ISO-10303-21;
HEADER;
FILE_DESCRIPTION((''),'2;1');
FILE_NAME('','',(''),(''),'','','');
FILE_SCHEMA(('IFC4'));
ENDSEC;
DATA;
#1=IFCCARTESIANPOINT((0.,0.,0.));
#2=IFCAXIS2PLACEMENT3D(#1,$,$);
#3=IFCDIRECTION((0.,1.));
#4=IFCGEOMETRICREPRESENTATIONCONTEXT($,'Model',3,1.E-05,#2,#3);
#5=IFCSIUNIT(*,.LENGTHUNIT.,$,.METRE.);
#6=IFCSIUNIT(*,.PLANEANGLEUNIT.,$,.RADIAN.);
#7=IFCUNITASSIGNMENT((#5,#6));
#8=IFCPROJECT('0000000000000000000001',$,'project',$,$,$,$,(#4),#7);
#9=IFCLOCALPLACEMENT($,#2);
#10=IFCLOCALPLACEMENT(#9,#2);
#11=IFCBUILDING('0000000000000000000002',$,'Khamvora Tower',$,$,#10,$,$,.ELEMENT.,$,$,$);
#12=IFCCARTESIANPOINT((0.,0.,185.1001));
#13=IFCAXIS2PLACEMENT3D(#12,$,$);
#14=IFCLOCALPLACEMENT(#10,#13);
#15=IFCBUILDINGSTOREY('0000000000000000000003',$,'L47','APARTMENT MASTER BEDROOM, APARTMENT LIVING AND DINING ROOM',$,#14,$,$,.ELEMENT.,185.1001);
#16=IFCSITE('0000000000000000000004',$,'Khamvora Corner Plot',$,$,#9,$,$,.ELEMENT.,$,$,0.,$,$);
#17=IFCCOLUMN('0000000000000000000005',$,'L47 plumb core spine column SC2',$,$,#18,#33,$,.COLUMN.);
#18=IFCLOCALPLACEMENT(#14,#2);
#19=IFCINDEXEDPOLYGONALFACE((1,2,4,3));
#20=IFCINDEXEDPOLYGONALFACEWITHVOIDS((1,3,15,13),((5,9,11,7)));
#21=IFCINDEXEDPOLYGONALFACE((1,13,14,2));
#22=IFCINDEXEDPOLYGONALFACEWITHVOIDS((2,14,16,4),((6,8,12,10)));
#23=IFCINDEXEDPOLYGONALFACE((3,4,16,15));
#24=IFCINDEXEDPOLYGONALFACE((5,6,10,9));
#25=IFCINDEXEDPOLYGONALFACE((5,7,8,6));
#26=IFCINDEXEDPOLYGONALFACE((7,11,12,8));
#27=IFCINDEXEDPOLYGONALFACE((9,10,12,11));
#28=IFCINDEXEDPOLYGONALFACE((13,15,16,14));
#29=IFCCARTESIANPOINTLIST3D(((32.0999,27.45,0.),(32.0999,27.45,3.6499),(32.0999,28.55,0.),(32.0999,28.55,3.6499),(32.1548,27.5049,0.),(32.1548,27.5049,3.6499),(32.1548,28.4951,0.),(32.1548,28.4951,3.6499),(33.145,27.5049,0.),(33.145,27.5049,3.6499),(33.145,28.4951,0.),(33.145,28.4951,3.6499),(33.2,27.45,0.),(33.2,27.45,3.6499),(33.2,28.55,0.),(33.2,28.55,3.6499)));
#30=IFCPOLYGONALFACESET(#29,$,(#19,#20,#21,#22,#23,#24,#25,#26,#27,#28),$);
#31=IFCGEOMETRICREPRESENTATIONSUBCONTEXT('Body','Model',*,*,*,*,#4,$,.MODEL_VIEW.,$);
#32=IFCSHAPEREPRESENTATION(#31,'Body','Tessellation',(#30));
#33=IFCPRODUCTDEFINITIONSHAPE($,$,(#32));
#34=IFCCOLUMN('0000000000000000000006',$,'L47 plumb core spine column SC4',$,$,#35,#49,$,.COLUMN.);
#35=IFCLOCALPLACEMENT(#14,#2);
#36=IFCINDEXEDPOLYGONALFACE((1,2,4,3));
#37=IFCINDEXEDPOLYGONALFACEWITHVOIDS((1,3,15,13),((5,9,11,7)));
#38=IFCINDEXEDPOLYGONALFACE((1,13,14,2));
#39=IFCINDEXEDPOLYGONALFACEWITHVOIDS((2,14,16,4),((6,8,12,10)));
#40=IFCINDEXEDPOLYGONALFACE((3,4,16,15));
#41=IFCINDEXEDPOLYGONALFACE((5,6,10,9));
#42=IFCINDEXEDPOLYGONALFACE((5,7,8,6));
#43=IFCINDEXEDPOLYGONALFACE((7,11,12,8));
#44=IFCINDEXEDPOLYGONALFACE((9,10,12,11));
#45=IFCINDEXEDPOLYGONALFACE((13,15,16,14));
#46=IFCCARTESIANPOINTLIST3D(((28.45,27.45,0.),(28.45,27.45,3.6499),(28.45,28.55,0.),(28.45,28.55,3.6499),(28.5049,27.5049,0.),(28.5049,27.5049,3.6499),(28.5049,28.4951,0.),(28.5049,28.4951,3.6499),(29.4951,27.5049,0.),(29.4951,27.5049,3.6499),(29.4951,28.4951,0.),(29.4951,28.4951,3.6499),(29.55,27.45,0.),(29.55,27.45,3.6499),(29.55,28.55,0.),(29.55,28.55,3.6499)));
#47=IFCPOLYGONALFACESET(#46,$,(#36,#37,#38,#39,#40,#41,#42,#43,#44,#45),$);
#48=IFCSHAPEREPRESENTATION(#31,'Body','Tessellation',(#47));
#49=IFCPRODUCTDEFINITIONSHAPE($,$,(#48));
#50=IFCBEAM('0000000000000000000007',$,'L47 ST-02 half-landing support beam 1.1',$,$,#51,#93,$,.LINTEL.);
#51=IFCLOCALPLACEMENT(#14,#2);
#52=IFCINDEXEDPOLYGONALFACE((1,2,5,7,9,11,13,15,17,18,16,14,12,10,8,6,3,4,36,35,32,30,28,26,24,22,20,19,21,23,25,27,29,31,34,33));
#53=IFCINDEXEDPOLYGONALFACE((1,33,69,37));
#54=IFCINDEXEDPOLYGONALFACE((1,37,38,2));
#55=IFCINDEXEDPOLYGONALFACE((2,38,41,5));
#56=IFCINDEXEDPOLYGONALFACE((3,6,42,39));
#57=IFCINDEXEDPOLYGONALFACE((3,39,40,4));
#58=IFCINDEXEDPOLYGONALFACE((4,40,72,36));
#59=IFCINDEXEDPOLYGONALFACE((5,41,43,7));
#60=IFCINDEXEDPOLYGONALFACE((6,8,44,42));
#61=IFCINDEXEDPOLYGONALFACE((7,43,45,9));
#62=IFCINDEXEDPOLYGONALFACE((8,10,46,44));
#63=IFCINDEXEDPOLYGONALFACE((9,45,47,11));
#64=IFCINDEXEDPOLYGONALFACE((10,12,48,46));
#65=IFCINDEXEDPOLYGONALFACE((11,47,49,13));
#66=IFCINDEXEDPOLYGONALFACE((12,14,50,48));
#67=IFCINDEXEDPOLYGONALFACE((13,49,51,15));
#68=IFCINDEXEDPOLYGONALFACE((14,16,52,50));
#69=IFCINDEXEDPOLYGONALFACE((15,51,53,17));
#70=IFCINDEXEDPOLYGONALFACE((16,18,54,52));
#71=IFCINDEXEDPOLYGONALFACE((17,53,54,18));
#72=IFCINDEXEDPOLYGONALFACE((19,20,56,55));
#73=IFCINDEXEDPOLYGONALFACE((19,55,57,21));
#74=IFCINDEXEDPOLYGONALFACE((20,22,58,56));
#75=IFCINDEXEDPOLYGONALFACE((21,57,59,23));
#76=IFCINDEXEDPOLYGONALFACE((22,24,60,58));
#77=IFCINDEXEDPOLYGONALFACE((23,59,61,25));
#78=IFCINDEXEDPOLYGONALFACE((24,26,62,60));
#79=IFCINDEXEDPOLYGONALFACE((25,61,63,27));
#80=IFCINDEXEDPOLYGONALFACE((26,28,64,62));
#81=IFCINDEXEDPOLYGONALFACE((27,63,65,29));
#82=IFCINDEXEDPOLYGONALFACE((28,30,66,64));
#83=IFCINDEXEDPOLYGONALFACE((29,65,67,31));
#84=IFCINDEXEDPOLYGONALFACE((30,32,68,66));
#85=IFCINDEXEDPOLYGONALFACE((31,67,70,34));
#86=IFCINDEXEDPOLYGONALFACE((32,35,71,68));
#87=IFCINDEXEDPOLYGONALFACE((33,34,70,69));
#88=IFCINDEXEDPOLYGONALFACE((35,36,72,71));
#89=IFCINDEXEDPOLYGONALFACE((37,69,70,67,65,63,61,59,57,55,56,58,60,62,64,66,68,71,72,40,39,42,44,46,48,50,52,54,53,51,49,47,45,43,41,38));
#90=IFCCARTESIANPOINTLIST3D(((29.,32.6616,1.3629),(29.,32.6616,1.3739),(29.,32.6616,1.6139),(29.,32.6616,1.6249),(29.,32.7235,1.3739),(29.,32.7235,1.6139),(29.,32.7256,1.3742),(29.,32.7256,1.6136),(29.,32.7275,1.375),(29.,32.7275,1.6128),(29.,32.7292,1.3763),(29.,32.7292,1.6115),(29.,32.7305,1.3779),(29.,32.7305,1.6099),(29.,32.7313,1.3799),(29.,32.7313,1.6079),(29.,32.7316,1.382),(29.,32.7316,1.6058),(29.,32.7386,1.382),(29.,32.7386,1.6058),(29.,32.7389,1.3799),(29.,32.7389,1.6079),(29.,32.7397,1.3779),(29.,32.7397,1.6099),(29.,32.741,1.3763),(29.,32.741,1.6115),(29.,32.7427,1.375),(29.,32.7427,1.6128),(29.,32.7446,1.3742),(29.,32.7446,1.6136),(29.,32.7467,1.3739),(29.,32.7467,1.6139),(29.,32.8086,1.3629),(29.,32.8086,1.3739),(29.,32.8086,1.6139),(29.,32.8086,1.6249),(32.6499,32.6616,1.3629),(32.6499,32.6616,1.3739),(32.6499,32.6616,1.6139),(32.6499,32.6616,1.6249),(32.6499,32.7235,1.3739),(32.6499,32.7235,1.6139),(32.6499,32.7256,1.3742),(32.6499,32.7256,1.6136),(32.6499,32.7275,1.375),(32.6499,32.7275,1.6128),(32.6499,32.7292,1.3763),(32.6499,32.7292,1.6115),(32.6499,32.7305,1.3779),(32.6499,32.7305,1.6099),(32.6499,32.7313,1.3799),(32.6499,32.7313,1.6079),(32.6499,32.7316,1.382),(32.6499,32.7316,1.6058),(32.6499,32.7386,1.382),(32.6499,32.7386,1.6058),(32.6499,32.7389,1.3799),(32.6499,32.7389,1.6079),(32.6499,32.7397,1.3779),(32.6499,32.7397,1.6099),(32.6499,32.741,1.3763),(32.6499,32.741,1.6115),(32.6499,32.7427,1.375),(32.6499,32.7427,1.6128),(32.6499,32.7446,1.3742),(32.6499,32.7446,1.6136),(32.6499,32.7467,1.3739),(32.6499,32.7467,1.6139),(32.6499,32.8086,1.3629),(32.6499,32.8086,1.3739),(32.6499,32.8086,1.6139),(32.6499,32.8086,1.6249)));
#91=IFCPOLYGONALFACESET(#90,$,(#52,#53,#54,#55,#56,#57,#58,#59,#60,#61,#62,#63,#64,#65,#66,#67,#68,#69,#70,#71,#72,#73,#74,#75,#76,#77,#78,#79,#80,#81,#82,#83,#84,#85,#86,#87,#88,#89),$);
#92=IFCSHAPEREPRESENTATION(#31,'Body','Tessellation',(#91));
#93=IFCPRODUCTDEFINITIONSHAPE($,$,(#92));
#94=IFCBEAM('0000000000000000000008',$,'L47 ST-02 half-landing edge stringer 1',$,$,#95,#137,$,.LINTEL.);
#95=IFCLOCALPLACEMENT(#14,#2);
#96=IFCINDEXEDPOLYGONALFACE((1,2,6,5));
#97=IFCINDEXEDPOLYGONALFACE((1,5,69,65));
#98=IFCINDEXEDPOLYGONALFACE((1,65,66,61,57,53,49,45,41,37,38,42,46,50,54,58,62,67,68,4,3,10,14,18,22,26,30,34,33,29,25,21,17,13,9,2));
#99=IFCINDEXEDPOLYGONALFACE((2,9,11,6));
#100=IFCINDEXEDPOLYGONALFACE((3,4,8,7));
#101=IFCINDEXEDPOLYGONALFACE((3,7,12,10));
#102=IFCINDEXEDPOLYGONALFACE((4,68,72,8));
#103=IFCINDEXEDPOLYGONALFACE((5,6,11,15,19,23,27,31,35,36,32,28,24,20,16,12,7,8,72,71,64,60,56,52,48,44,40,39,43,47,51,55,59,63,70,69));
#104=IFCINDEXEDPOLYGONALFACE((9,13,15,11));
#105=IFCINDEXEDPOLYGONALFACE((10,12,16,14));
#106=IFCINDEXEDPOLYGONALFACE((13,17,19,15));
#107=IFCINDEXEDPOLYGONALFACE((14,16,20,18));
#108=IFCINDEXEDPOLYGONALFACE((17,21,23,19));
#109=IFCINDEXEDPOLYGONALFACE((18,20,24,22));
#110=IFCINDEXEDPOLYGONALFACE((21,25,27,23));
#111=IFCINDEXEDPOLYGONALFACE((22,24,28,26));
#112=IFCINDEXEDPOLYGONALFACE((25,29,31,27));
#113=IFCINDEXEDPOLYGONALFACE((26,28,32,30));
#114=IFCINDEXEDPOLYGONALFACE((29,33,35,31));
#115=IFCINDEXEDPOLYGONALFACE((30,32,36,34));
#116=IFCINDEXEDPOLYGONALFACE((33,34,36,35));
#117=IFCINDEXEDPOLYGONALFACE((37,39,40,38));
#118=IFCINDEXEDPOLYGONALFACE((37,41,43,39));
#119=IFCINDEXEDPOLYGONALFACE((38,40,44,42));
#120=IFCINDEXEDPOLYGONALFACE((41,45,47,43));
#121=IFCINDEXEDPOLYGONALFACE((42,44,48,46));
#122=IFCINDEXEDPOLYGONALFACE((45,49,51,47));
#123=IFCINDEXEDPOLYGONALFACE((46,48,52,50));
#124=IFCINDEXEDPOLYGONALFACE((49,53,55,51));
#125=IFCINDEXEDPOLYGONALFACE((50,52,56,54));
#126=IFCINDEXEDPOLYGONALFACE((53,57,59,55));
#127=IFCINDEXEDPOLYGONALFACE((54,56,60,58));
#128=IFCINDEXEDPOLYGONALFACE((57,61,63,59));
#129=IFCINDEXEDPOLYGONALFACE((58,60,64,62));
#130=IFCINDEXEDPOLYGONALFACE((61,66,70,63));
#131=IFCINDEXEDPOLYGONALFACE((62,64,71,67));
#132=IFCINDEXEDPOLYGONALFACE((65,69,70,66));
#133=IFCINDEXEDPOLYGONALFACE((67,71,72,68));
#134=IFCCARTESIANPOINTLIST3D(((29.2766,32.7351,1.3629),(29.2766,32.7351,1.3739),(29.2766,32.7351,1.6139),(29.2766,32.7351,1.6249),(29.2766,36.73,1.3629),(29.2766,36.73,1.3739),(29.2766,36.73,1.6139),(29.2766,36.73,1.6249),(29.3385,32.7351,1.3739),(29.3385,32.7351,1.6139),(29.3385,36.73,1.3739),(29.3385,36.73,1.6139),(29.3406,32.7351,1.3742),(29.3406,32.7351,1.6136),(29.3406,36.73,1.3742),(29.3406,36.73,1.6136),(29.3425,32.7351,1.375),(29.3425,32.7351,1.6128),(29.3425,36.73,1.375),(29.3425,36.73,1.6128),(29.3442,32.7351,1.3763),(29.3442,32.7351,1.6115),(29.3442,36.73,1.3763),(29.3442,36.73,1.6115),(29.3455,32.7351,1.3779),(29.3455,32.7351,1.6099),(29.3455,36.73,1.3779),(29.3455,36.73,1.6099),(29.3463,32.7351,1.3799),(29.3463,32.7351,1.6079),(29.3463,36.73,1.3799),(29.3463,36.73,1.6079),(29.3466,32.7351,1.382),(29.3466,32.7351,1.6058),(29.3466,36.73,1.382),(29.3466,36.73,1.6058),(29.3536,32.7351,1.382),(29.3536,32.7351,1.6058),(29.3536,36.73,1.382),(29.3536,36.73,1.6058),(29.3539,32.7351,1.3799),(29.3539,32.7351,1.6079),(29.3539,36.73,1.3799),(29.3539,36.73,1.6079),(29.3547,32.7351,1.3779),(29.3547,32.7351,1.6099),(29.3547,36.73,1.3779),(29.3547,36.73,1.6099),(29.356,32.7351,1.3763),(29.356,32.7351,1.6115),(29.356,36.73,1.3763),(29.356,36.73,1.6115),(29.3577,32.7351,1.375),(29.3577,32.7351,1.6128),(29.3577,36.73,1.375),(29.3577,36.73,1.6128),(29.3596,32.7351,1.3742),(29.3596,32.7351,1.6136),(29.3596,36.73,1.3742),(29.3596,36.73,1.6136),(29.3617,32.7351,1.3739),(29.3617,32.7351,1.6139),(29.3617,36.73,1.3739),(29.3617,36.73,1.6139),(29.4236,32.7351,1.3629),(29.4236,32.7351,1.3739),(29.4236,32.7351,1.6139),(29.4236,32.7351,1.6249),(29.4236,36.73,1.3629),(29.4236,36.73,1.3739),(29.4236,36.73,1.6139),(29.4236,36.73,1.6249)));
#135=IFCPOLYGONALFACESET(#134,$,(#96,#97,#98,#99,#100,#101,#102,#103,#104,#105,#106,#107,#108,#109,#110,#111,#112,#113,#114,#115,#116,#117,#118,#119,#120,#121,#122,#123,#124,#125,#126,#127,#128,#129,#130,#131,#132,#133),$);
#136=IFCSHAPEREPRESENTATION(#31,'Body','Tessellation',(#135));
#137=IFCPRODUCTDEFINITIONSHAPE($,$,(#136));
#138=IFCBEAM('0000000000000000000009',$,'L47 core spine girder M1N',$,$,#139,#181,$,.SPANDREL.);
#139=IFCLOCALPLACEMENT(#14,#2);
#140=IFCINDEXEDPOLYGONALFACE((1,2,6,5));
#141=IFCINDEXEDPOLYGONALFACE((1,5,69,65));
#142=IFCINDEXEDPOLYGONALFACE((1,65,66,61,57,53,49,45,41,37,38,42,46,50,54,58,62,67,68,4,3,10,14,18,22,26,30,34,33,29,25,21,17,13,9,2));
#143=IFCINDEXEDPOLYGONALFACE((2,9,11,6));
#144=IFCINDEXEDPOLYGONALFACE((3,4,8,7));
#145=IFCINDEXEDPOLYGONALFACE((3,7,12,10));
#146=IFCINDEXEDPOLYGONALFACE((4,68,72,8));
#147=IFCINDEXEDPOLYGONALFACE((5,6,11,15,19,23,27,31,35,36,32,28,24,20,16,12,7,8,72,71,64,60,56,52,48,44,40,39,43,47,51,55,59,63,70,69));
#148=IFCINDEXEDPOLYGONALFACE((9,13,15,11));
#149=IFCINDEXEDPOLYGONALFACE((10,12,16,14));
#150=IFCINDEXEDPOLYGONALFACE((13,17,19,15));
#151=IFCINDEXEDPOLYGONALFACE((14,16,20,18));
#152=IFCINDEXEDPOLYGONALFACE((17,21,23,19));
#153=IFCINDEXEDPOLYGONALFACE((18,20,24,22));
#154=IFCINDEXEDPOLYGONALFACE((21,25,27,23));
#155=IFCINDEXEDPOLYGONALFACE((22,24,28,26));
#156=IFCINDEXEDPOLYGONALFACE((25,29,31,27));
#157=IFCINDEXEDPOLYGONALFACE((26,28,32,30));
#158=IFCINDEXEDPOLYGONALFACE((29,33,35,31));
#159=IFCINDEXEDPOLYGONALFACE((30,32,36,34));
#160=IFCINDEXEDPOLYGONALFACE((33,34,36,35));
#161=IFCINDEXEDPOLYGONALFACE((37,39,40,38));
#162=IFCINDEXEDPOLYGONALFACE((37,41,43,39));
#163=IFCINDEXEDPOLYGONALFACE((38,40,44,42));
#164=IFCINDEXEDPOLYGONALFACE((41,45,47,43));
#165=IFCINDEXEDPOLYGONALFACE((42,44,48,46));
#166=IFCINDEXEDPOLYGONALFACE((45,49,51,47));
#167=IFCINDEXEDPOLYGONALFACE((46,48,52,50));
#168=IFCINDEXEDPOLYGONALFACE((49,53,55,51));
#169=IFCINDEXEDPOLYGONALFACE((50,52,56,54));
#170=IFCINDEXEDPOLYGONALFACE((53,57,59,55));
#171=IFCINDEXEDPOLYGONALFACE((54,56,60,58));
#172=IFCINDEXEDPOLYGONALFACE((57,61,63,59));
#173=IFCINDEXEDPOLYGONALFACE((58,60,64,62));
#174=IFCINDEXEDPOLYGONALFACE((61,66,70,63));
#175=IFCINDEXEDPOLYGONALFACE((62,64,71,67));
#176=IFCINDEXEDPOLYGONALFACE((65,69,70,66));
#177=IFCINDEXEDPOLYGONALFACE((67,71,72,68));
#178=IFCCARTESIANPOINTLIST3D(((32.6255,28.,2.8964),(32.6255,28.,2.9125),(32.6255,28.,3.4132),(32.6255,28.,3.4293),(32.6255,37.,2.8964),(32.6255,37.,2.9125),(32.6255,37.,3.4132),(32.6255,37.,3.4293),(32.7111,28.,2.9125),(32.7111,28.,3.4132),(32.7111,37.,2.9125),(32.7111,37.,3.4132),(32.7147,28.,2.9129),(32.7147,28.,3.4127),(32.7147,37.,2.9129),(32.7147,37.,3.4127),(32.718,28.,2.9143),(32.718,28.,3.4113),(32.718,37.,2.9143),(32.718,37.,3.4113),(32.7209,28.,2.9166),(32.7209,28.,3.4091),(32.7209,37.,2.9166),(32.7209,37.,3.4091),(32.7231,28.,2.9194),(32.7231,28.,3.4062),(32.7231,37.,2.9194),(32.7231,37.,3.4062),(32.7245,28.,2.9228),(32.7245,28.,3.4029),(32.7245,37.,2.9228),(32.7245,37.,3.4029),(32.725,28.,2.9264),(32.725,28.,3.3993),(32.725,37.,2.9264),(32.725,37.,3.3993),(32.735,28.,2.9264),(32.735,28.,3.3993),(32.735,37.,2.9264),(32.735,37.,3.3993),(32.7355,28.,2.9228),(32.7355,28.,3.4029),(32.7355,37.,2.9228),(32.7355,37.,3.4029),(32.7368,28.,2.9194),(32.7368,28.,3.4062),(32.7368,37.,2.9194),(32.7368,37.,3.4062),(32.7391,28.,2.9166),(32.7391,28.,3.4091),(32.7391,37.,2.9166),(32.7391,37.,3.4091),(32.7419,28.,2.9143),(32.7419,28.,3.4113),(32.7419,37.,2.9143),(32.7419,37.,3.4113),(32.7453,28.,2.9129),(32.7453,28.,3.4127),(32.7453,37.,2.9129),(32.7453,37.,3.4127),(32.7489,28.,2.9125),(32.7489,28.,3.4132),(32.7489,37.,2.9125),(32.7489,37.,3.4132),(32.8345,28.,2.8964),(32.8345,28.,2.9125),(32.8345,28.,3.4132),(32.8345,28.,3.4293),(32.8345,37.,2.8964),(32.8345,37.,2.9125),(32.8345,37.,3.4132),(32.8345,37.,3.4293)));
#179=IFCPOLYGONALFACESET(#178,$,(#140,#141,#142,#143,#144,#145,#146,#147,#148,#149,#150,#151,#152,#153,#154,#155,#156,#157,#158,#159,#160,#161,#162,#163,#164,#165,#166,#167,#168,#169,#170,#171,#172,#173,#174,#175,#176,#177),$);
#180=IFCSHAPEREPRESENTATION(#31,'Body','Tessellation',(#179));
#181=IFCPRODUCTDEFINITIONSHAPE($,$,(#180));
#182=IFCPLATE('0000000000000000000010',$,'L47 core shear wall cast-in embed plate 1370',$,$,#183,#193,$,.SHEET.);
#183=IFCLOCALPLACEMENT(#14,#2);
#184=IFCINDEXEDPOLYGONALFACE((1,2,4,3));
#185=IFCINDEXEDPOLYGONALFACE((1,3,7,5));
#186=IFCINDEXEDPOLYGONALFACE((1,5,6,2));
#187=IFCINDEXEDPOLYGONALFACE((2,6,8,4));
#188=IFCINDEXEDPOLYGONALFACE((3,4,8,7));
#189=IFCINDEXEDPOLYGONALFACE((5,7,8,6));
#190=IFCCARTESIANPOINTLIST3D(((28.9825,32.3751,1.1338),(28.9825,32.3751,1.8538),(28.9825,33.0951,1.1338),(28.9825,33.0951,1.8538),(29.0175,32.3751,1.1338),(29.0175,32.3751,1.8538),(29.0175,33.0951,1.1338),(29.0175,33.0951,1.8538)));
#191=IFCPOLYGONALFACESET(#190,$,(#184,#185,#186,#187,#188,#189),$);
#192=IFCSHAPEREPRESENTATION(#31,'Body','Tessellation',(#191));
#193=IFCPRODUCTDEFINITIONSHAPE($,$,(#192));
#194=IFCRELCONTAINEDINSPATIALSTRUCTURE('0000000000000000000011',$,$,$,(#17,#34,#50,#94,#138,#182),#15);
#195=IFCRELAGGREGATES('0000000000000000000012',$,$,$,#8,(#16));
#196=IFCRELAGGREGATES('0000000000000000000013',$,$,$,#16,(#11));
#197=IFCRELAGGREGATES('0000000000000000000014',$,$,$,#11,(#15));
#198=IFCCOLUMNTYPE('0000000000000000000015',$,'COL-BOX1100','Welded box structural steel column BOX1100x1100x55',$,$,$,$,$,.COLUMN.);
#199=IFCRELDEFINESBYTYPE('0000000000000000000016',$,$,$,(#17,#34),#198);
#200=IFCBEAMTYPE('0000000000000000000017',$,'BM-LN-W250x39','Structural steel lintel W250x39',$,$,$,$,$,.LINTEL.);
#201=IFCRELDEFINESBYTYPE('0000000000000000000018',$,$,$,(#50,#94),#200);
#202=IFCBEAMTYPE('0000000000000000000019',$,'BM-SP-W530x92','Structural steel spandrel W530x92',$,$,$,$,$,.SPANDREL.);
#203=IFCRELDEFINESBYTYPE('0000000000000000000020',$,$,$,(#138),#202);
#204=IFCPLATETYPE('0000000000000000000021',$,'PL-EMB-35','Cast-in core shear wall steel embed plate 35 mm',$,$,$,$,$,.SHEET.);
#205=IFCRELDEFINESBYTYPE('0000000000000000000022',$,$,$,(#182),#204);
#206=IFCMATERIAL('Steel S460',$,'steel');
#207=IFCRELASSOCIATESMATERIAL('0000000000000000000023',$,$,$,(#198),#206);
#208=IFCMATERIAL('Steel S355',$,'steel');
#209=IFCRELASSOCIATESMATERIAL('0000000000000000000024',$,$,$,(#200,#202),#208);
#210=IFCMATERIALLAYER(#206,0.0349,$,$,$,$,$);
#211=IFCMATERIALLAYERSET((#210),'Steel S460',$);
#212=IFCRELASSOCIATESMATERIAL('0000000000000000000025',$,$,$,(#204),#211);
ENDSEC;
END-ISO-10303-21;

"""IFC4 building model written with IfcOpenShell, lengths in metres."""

from ifc_helpers import new_model, si_unit, direction, frame, origin, origin_2d, place, context, subcontext, project, spatial, rectangle, hollow_rectangle, i_section, extrude, material, layer, layer_set, material_profile, profile_set, type_object, element, save


model = new_model("IFC4")

# Units and contexts
model_context = context("Model", 3, precision=1e-05, world=origin(), true_north=direction((0.0, 1.0)))
body_context = subcontext(model_context, "Body", "Model", "MODEL_VIEW")
ifc_project = project(units=[si_unit("LENGTHUNIT", "METRE"), si_unit("PLANEANGLEUNIT", "RADIAN")], contexts=[model_context])

# Site, building, storey
site_placement = place(None, origin())
site = spatial("IfcSite", under=ifc_project, at=site_placement, Name="Khamvora Corner Plot", CompositionType="ELEMENT", RefElevation=0.0)
building_placement = place(site_placement, origin())
building = spatial("IfcBuilding", under=site, at=building_placement, Name="Khamvora Tower", CompositionType="ELEMENT")
storey_placement = place(building_placement, frame((0.0, 0.0, 185.1001)))
storey = spatial("IfcBuildingStorey", under=building, at=storey_placement, Name="L47", Description="APARTMENT MASTER BEDROOM, APARTMENT LIVING AND DINING ROOM", CompositionType="ELEMENT", Elevation=185.1001)

# Columns
ifc_material_1 = material(Name="Steel S460", Category="steel")
ifc_material_profile_1 = material_profile(ifc_material_1, hollow_rectangle(XDim=1.1001, YDim=1.1001, WallThickness=0.0549, at=origin_2d()), Name="BOX1100x1100x55")
ifc_profile_set_1 = profile_set([ifc_material_profile_1], Name="Steel S460")
column_type = type_object("IfcColumnType", Name="COL-BOX1100", Description="Welded box structural steel column BOX1100x1100x55", PredefinedType="COLUMN", material=ifc_profile_set_1)
for number, where, z_axis, x_axis, name in (
    (1, (32.6499, 28.0, 0.0), (0.0, 0.0, 1.0), (1.0, 0.0, 0.0), "L47 plumb core spine column SC2"),
    (2, (29.0, 28.0, 0.0), (0.0, 0.0, 1.0), (1.0, 0.0, 0.0), "L47 plumb core spine column SC4"),
):
    element("IfcColumn", number, at=place(storey_placement, frame(where, z_axis=z_axis, x_axis=x_axis)), inside=storey, type_object=column_type, Name=name, PredefinedType="COLUMN", context=body_context, shape_type="SweptSolid", body=[
        extrude(hollow_rectangle(XDim=1.1001, YDim=1.1001, WallThickness=0.0549, at=origin_2d()), origin(), (0.0, 0.0, 1.0), 3.6499),
    ])

# Beams
ifc_material_2 = material(Name="Steel S355", Category="steel")
ifc_material_profile_2 = material_profile(ifc_material_2, i_section(OverallWidth=0.147, OverallDepth=0.262, WebThickness=0.0071, FlangeThickness=0.011, FilletRadius=0.0081, at=origin_2d()), Name="W250x39")
ifc_profile_set_2 = profile_set([ifc_material_profile_2], Name="Steel S355")
beam_type_1 = type_object("IfcBeamType", Name="BM-LN-W250x39", Description="Structural steel lintel W250x39", PredefinedType="LINTEL", material=ifc_profile_set_2)
beam_1_placement = place(storey_placement, frame((29.0, 32.7351, 1.4939), z_axis=(1.0, 0.0, 0.0), x_axis=(0.0, 1.0, 0.0)))
element("IfcBeam", 3, at=beam_1_placement, inside=storey, type_object=beam_type_1, Name="L47 ST-02 half-landing support beam 1.1", PredefinedType="LINTEL", context=body_context, shape_type="SweptSolid", body=[
    extrude(i_section(OverallWidth=0.147, OverallDepth=0.262, WebThickness=0.0071, FlangeThickness=0.011, FilletRadius=0.0081, at=origin_2d()), origin(), (0.0, 0.0, 1.0), 3.6499),
])
beam_2_placement = place(storey_placement, frame((29.3501, 32.7351, 1.4939), z_axis=(0.0, 1.0, 0.0), x_axis=(-1.0, 0.0, 0.0)))
element("IfcBeam", 4, at=beam_2_placement, inside=storey, type_object=beam_type_1, Name="L47 ST-02 half-landing edge stringer 1", PredefinedType="LINTEL", context=body_context, shape_type="SweptSolid", body=[
    extrude(i_section(OverallWidth=0.147, OverallDepth=0.262, WebThickness=0.0071, FlangeThickness=0.011, FilletRadius=0.0081, at=origin_2d()), origin(), (0.0, 0.0, 1.0), 3.9949),
])
ifc_material_profile_3 = material_profile(ifc_material_2, i_section(OverallWidth=0.209, OverallDepth=0.533, WebThickness=0.01, FlangeThickness=0.0161, FilletRadius=0.0139, at=origin_2d()), Name="W530x92")
ifc_profile_set_3 = profile_set([ifc_material_profile_3], Name="Steel S355")
beam_type_2 = type_object("IfcBeamType", Name="BM-SP-W530x92", Description="Structural steel spandrel W530x92", PredefinedType="SPANDREL", material=ifc_profile_set_3)
beam_3_placement = place(storey_placement, frame((32.73, 28.0, 3.1628), z_axis=(0.0, 1.0, 0.0), x_axis=(-1.0, 0.0, 0.0)))
element("IfcBeam", 5, at=beam_3_placement, inside=storey, type_object=beam_type_2, Name="L47 core spine girder M1N", PredefinedType="SPANDREL", context=body_context, shape_type="SweptSolid", body=[
    extrude(i_section(OverallWidth=0.209, OverallDepth=0.533, WebThickness=0.01, FlangeThickness=0.0161, FilletRadius=0.0139, at=origin_2d()), origin(), (0.0, 0.0, 1.0), 9.0),
])

# Plate
ifc_layer_1 = layer(ifc_material_1, 0.0349)
ifc_layer_set_1 = layer_set([ifc_layer_1], Name="Steel S460")
plate_type = type_object("IfcPlateType", Name="PL-EMB-35", Description="Cast-in core shear wall steel embed plate 35 mm", PredefinedType="SHEET", material=ifc_layer_set_1)
for number, where, z_axis, x_axis, name in (
    (6, (29.0, 32.7351, 1.1338), (0.0, 0.0, 1.0), (1.0, 0.0, 0.0), "L47 core shear wall cast-in embed plate 1370"),
):
    element("IfcPlate", number, at=place(storey_placement, frame(where, z_axis=z_axis, x_axis=x_axis)), inside=storey, type_object=plate_type, Name=name, PredefinedType="SHEET", context=body_context, shape_type="SweptSolid", body=[
        extrude(rectangle(XDim=0.0349, YDim=0.72, at=origin_2d()), origin(), (0.0, 0.0, 1.0), 0.72),
    ])

save(model, "model.ifc")
